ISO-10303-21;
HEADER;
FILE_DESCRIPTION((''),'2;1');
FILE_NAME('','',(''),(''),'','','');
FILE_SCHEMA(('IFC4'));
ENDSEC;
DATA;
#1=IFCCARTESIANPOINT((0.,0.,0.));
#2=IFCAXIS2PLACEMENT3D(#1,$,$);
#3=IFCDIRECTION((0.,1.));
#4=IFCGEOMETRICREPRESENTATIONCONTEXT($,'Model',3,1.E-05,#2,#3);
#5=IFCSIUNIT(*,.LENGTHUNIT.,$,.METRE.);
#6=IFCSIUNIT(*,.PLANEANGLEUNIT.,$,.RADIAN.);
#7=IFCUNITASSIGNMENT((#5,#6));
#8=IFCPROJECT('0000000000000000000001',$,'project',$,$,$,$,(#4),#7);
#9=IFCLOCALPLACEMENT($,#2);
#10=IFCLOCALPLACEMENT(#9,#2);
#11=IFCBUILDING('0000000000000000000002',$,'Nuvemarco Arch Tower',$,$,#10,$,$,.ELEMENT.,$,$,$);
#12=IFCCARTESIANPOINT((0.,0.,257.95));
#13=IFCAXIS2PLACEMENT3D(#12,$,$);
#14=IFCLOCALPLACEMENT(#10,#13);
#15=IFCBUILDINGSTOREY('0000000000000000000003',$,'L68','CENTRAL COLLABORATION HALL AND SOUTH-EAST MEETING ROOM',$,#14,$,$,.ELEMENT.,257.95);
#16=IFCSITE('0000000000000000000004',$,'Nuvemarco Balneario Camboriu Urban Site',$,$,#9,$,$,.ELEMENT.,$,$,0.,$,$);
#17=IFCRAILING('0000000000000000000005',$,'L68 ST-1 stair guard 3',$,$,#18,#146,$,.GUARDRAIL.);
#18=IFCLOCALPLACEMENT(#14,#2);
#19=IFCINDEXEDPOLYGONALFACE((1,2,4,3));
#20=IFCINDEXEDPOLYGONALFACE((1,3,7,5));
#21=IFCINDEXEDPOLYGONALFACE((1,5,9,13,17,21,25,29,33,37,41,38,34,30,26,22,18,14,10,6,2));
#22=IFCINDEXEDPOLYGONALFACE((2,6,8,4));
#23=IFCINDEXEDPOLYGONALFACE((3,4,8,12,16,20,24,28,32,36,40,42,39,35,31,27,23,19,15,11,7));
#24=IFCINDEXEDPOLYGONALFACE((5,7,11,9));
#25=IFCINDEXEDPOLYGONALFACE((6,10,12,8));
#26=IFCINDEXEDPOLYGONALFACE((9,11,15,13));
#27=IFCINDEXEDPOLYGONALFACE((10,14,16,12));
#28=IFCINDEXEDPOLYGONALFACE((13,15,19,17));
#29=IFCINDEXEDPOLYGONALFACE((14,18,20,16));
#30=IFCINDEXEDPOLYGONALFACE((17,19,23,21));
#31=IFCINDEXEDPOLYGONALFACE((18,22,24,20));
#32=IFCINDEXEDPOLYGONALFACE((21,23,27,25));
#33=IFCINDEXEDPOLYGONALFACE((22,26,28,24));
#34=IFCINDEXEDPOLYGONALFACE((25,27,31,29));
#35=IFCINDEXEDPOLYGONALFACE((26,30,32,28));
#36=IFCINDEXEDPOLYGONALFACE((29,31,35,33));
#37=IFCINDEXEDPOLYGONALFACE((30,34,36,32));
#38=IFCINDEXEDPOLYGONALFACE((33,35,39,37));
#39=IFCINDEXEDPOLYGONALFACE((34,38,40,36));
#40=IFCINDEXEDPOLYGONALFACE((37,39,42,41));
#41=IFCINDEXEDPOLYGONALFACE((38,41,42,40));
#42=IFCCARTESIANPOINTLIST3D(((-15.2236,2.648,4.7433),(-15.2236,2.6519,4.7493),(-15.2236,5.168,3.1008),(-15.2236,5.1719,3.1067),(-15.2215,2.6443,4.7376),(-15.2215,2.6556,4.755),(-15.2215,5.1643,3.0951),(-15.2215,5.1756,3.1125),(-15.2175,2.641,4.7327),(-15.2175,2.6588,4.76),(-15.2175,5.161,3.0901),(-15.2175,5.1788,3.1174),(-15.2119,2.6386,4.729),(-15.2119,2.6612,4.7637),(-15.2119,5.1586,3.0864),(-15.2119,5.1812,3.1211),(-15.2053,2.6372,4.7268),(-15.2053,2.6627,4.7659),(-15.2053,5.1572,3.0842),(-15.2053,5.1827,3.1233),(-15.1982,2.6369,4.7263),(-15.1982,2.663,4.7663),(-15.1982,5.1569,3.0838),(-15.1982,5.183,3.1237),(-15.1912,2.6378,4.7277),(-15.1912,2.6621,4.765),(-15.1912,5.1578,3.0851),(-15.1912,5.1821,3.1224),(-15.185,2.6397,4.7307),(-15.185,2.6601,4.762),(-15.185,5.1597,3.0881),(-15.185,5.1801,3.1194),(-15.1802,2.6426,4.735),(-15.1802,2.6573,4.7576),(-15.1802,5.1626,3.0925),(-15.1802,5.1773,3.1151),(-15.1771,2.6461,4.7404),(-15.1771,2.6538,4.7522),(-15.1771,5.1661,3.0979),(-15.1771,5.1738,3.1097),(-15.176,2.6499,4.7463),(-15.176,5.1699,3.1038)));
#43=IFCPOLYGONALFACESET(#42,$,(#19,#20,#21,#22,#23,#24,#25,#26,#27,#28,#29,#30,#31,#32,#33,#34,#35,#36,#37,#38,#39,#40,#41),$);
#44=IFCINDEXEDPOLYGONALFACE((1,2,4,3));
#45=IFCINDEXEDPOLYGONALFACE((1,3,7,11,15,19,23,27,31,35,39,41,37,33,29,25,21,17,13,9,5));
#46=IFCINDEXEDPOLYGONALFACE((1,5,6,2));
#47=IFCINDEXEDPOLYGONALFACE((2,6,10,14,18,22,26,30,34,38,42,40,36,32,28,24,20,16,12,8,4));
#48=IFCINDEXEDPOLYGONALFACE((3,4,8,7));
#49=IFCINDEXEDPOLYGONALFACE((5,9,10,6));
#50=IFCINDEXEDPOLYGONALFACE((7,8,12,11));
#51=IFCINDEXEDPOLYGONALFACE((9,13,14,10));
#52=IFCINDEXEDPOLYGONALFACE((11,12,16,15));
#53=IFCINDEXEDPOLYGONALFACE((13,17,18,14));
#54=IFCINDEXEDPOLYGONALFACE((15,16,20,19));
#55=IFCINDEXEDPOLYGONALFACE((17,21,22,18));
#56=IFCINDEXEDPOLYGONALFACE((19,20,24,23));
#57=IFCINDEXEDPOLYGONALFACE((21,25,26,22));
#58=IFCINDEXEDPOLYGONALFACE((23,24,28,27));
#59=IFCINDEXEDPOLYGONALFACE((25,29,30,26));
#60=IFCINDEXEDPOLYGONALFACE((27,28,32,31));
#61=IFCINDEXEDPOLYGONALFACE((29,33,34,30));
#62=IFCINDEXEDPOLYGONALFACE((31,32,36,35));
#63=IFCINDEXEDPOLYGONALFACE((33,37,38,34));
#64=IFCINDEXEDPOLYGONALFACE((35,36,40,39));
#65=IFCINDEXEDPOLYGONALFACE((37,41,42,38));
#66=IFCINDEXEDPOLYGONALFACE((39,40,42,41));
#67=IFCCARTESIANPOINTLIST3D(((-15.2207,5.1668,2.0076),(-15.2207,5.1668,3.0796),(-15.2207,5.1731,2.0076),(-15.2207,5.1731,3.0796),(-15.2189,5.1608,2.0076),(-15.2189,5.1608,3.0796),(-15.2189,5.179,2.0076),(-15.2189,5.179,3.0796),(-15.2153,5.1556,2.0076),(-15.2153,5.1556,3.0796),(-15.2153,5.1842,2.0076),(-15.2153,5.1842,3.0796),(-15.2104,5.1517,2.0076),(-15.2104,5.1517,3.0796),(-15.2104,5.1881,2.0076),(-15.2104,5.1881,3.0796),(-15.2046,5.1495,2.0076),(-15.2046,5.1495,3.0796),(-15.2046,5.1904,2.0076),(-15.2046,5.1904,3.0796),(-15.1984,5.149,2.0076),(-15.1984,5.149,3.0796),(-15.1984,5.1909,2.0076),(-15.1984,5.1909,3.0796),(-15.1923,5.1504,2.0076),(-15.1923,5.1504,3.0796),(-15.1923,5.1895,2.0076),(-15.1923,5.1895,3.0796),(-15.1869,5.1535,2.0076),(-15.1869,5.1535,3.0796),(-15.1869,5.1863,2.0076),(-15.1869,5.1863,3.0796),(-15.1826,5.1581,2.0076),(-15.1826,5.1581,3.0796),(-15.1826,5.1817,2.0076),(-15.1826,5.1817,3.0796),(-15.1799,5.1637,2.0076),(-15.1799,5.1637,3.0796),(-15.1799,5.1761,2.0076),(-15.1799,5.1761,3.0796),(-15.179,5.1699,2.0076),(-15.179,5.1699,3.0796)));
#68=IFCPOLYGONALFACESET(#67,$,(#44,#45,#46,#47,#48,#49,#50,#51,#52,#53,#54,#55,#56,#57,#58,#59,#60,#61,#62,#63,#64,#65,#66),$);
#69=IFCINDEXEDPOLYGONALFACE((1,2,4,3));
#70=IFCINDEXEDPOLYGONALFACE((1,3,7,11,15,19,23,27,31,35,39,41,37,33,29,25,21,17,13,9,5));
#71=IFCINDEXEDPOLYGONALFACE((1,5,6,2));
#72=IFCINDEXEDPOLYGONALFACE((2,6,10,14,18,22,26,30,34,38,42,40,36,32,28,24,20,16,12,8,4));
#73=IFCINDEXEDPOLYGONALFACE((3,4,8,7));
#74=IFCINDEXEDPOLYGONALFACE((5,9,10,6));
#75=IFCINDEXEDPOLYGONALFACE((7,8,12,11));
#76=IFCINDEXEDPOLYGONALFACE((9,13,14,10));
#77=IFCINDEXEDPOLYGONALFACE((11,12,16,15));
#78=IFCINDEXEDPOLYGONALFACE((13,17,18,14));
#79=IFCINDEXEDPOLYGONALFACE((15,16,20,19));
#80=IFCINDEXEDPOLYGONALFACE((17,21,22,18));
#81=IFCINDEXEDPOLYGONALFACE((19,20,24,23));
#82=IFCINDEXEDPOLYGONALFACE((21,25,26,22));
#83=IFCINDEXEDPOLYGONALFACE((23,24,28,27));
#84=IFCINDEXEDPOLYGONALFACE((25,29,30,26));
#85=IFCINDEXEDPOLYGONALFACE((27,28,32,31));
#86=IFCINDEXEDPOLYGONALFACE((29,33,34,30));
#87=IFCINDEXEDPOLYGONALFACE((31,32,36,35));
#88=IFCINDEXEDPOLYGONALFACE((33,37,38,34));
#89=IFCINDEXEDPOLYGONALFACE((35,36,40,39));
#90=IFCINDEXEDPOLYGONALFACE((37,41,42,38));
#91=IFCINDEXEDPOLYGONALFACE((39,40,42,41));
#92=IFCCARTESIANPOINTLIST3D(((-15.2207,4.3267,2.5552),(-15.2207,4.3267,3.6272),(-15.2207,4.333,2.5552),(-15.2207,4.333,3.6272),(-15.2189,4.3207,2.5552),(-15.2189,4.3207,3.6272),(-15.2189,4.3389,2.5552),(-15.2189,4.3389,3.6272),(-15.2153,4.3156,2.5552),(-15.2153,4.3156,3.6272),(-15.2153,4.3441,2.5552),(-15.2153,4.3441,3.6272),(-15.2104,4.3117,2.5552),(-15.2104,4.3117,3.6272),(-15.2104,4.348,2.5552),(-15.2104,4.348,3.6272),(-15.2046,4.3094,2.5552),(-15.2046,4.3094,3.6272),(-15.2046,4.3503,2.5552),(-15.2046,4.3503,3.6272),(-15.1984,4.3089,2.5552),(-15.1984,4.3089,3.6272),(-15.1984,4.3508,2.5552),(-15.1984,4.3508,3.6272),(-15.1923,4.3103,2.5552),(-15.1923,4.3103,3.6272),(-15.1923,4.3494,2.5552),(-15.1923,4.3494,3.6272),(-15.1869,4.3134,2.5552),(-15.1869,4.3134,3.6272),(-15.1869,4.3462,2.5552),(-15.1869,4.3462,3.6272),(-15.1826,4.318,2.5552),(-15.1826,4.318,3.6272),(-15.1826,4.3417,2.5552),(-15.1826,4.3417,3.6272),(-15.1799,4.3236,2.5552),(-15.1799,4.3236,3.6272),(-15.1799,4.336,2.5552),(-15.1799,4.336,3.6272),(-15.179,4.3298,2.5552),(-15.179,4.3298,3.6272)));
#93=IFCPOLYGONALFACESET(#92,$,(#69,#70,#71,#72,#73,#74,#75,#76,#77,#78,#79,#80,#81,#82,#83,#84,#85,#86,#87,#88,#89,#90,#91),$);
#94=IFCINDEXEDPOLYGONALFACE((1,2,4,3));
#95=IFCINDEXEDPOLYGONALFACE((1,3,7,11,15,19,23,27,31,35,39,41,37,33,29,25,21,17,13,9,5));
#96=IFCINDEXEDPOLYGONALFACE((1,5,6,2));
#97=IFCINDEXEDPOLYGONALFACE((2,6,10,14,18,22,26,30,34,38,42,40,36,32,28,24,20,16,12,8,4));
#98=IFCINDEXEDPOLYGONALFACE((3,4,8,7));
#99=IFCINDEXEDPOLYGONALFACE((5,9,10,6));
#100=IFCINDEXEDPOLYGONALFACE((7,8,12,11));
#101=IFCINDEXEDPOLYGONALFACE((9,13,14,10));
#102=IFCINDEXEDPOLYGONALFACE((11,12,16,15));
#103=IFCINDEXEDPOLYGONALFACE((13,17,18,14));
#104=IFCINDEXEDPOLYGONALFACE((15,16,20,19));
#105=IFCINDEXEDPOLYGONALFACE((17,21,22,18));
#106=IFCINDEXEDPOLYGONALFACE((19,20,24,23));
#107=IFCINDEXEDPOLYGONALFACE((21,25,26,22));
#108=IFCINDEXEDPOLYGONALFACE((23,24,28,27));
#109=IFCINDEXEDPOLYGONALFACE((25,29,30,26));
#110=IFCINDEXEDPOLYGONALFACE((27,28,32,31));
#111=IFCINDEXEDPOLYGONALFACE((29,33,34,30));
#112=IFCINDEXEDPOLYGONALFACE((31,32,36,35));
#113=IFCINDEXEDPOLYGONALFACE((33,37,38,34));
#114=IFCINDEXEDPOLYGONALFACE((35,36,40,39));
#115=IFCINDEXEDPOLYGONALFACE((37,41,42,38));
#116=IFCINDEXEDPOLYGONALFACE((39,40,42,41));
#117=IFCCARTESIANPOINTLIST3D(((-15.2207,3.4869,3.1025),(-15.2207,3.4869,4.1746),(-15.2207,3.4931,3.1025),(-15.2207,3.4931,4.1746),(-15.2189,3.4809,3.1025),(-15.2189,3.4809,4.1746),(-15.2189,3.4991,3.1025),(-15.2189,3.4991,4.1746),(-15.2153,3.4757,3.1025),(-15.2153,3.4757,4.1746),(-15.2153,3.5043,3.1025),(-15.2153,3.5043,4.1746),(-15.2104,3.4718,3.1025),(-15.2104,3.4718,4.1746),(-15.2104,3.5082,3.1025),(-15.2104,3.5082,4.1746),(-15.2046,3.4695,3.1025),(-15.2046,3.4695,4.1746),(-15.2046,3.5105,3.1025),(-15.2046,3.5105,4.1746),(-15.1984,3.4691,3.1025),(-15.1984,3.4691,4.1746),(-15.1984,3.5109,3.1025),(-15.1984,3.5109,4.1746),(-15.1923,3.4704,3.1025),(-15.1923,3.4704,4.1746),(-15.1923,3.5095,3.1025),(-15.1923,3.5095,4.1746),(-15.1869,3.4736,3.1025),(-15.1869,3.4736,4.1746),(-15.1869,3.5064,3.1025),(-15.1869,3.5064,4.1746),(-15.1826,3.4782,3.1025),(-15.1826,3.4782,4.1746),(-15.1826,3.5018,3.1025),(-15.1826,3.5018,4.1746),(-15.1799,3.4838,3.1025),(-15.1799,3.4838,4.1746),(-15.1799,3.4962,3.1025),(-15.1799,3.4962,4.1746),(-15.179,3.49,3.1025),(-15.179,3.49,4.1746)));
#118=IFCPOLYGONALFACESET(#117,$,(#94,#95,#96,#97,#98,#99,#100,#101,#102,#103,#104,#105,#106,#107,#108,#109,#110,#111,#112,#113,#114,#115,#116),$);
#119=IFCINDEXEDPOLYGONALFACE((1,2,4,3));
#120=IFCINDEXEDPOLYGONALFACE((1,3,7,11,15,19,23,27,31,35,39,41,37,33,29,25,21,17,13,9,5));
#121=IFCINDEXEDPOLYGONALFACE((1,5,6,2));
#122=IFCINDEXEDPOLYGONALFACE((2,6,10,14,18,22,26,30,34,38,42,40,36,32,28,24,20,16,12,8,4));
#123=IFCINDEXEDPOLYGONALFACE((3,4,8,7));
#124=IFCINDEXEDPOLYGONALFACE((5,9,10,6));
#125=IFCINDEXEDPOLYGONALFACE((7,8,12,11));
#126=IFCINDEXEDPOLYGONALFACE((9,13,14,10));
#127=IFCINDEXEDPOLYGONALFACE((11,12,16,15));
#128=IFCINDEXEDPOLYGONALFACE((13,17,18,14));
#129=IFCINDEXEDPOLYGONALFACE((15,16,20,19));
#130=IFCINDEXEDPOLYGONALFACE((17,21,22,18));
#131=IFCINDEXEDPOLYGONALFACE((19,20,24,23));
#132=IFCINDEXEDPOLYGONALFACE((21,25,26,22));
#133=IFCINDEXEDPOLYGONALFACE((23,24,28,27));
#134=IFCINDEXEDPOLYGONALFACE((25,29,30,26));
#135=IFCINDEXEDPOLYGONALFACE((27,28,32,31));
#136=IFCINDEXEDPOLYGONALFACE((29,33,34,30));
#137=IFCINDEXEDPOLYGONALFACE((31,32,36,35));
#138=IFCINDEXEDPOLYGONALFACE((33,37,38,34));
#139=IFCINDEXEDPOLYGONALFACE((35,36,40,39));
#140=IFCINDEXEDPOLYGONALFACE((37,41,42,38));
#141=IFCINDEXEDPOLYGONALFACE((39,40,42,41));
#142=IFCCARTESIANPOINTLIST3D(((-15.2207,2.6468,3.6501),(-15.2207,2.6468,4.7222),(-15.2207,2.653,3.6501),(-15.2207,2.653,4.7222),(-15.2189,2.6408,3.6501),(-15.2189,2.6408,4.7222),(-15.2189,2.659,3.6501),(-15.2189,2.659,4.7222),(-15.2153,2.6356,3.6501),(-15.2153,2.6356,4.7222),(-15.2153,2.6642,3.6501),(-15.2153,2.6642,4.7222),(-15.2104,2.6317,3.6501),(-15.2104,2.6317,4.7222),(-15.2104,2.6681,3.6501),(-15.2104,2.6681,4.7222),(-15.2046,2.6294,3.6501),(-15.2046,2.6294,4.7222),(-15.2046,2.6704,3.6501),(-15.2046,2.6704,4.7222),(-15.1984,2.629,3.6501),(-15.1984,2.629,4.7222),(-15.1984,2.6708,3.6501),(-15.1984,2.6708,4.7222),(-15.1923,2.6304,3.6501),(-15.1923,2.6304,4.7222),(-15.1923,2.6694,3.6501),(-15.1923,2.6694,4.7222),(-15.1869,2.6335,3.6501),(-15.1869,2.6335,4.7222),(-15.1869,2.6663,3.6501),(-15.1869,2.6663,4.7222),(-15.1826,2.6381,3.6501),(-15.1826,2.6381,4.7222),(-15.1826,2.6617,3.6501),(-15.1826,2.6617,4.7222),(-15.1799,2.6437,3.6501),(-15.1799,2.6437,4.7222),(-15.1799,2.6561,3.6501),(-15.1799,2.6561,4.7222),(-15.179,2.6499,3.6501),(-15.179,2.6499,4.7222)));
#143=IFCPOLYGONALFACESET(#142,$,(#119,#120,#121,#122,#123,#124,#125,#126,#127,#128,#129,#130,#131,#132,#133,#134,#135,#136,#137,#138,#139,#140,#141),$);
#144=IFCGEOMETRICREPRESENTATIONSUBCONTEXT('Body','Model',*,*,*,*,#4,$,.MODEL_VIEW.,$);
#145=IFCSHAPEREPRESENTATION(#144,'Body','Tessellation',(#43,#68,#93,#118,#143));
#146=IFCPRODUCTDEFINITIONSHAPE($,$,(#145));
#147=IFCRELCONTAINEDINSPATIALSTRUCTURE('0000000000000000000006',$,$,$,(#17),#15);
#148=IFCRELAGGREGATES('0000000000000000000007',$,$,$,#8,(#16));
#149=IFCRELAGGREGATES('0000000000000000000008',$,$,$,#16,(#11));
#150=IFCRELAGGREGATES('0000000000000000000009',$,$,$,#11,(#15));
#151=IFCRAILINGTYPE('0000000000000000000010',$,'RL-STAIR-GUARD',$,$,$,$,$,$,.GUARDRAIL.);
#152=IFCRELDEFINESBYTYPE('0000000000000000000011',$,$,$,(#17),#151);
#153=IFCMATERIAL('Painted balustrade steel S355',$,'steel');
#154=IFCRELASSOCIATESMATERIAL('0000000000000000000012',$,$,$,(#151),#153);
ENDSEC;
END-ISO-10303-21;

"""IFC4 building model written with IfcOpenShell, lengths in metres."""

from ifc_helpers import new_model, si_unit, direction, frame, origin, origin_2d, place, context, subcontext, project, spatial, circle, extrude, material, type_object, element, save


model = new_model("IFC4")

# Units and contexts
model_context = context("Model", 3, precision=1e-05, world=origin(), true_north=direction((0.0, 1.0)))
body_context = subcontext(model_context, "Body", "Model", "MODEL_VIEW")
ifc_project = project(units=[si_unit("LENGTHUNIT", "METRE"), si_unit("PLANEANGLEUNIT", "RADIAN")], contexts=[model_context])

# Site, building, storey
site_placement = place(None, origin())
site = spatial("IfcSite", under=ifc_project, at=site_placement, Name="Nuvemarco Balneario Camboriu Urban Site", CompositionType="ELEMENT", RefElevation=0.0)
building_placement = place(site_placement, origin())
building = spatial("IfcBuilding", under=site, at=building_placement, Name="Nuvemarco Arch Tower", CompositionType="ELEMENT")
storey_placement = place(building_placement, frame((0.0, 0.0, 257.95)))
storey = spatial("IfcBuildingStorey", under=building, at=storey_placement, Name="L68", Description="CENTRAL COLLABORATION HALL AND SOUTH-EAST MEETING ROOM", CompositionType="ELEMENT", Elevation=257.95)

# Railing
ifc_material_1 = material(Name="Painted balustrade steel S355", Category="steel")
railing_type_1 = type_object("IfcRailingType", Name="RL-STAIR-GUARD", PredefinedType="GUARDRAIL", material=ifc_material_1)
railing_1_placement = place(storey_placement, frame((-15.2, 5.1699, 2.0076)))
element("IfcRailing", 1, at=railing_1_placement, inside=storey, type_object=railing_type_1, Name="L68 ST-1 stair guard 3", PredefinedType="GUARDRAIL", context=body_context, shape_type="SweptSolid", body=[
    extrude(circle(Radius=0.0239, at=origin_2d()), frame((0.0, 0.0, 1.0962), z_axis=(0.0, -0.837749, 0.546055), x_axis=(1.0, 0.0, 0.0)), (0.0, 0.0, 1.0), 3.0081),
    extrude(circle(Radius=0.021, at=origin_2d()), origin(), (0.0, 0.0, 1.0), 1.072),
    extrude(circle(Radius=0.021, at=origin_2d()), frame((0.0, -0.8401, 0.5476)), (0.0, 0.0, 1.0), 1.072),
    extrude(circle(Radius=0.021, at=origin_2d()), frame((0.0, -1.6799, 1.095)), (0.0, 0.0, 1.0), 1.072),
    extrude(circle(Radius=0.021, at=origin_2d()), frame((0.0, -2.52, 1.6426)), (0.0, 0.0, 1.0), 1.072),
])

save(model, "model.ifc")
